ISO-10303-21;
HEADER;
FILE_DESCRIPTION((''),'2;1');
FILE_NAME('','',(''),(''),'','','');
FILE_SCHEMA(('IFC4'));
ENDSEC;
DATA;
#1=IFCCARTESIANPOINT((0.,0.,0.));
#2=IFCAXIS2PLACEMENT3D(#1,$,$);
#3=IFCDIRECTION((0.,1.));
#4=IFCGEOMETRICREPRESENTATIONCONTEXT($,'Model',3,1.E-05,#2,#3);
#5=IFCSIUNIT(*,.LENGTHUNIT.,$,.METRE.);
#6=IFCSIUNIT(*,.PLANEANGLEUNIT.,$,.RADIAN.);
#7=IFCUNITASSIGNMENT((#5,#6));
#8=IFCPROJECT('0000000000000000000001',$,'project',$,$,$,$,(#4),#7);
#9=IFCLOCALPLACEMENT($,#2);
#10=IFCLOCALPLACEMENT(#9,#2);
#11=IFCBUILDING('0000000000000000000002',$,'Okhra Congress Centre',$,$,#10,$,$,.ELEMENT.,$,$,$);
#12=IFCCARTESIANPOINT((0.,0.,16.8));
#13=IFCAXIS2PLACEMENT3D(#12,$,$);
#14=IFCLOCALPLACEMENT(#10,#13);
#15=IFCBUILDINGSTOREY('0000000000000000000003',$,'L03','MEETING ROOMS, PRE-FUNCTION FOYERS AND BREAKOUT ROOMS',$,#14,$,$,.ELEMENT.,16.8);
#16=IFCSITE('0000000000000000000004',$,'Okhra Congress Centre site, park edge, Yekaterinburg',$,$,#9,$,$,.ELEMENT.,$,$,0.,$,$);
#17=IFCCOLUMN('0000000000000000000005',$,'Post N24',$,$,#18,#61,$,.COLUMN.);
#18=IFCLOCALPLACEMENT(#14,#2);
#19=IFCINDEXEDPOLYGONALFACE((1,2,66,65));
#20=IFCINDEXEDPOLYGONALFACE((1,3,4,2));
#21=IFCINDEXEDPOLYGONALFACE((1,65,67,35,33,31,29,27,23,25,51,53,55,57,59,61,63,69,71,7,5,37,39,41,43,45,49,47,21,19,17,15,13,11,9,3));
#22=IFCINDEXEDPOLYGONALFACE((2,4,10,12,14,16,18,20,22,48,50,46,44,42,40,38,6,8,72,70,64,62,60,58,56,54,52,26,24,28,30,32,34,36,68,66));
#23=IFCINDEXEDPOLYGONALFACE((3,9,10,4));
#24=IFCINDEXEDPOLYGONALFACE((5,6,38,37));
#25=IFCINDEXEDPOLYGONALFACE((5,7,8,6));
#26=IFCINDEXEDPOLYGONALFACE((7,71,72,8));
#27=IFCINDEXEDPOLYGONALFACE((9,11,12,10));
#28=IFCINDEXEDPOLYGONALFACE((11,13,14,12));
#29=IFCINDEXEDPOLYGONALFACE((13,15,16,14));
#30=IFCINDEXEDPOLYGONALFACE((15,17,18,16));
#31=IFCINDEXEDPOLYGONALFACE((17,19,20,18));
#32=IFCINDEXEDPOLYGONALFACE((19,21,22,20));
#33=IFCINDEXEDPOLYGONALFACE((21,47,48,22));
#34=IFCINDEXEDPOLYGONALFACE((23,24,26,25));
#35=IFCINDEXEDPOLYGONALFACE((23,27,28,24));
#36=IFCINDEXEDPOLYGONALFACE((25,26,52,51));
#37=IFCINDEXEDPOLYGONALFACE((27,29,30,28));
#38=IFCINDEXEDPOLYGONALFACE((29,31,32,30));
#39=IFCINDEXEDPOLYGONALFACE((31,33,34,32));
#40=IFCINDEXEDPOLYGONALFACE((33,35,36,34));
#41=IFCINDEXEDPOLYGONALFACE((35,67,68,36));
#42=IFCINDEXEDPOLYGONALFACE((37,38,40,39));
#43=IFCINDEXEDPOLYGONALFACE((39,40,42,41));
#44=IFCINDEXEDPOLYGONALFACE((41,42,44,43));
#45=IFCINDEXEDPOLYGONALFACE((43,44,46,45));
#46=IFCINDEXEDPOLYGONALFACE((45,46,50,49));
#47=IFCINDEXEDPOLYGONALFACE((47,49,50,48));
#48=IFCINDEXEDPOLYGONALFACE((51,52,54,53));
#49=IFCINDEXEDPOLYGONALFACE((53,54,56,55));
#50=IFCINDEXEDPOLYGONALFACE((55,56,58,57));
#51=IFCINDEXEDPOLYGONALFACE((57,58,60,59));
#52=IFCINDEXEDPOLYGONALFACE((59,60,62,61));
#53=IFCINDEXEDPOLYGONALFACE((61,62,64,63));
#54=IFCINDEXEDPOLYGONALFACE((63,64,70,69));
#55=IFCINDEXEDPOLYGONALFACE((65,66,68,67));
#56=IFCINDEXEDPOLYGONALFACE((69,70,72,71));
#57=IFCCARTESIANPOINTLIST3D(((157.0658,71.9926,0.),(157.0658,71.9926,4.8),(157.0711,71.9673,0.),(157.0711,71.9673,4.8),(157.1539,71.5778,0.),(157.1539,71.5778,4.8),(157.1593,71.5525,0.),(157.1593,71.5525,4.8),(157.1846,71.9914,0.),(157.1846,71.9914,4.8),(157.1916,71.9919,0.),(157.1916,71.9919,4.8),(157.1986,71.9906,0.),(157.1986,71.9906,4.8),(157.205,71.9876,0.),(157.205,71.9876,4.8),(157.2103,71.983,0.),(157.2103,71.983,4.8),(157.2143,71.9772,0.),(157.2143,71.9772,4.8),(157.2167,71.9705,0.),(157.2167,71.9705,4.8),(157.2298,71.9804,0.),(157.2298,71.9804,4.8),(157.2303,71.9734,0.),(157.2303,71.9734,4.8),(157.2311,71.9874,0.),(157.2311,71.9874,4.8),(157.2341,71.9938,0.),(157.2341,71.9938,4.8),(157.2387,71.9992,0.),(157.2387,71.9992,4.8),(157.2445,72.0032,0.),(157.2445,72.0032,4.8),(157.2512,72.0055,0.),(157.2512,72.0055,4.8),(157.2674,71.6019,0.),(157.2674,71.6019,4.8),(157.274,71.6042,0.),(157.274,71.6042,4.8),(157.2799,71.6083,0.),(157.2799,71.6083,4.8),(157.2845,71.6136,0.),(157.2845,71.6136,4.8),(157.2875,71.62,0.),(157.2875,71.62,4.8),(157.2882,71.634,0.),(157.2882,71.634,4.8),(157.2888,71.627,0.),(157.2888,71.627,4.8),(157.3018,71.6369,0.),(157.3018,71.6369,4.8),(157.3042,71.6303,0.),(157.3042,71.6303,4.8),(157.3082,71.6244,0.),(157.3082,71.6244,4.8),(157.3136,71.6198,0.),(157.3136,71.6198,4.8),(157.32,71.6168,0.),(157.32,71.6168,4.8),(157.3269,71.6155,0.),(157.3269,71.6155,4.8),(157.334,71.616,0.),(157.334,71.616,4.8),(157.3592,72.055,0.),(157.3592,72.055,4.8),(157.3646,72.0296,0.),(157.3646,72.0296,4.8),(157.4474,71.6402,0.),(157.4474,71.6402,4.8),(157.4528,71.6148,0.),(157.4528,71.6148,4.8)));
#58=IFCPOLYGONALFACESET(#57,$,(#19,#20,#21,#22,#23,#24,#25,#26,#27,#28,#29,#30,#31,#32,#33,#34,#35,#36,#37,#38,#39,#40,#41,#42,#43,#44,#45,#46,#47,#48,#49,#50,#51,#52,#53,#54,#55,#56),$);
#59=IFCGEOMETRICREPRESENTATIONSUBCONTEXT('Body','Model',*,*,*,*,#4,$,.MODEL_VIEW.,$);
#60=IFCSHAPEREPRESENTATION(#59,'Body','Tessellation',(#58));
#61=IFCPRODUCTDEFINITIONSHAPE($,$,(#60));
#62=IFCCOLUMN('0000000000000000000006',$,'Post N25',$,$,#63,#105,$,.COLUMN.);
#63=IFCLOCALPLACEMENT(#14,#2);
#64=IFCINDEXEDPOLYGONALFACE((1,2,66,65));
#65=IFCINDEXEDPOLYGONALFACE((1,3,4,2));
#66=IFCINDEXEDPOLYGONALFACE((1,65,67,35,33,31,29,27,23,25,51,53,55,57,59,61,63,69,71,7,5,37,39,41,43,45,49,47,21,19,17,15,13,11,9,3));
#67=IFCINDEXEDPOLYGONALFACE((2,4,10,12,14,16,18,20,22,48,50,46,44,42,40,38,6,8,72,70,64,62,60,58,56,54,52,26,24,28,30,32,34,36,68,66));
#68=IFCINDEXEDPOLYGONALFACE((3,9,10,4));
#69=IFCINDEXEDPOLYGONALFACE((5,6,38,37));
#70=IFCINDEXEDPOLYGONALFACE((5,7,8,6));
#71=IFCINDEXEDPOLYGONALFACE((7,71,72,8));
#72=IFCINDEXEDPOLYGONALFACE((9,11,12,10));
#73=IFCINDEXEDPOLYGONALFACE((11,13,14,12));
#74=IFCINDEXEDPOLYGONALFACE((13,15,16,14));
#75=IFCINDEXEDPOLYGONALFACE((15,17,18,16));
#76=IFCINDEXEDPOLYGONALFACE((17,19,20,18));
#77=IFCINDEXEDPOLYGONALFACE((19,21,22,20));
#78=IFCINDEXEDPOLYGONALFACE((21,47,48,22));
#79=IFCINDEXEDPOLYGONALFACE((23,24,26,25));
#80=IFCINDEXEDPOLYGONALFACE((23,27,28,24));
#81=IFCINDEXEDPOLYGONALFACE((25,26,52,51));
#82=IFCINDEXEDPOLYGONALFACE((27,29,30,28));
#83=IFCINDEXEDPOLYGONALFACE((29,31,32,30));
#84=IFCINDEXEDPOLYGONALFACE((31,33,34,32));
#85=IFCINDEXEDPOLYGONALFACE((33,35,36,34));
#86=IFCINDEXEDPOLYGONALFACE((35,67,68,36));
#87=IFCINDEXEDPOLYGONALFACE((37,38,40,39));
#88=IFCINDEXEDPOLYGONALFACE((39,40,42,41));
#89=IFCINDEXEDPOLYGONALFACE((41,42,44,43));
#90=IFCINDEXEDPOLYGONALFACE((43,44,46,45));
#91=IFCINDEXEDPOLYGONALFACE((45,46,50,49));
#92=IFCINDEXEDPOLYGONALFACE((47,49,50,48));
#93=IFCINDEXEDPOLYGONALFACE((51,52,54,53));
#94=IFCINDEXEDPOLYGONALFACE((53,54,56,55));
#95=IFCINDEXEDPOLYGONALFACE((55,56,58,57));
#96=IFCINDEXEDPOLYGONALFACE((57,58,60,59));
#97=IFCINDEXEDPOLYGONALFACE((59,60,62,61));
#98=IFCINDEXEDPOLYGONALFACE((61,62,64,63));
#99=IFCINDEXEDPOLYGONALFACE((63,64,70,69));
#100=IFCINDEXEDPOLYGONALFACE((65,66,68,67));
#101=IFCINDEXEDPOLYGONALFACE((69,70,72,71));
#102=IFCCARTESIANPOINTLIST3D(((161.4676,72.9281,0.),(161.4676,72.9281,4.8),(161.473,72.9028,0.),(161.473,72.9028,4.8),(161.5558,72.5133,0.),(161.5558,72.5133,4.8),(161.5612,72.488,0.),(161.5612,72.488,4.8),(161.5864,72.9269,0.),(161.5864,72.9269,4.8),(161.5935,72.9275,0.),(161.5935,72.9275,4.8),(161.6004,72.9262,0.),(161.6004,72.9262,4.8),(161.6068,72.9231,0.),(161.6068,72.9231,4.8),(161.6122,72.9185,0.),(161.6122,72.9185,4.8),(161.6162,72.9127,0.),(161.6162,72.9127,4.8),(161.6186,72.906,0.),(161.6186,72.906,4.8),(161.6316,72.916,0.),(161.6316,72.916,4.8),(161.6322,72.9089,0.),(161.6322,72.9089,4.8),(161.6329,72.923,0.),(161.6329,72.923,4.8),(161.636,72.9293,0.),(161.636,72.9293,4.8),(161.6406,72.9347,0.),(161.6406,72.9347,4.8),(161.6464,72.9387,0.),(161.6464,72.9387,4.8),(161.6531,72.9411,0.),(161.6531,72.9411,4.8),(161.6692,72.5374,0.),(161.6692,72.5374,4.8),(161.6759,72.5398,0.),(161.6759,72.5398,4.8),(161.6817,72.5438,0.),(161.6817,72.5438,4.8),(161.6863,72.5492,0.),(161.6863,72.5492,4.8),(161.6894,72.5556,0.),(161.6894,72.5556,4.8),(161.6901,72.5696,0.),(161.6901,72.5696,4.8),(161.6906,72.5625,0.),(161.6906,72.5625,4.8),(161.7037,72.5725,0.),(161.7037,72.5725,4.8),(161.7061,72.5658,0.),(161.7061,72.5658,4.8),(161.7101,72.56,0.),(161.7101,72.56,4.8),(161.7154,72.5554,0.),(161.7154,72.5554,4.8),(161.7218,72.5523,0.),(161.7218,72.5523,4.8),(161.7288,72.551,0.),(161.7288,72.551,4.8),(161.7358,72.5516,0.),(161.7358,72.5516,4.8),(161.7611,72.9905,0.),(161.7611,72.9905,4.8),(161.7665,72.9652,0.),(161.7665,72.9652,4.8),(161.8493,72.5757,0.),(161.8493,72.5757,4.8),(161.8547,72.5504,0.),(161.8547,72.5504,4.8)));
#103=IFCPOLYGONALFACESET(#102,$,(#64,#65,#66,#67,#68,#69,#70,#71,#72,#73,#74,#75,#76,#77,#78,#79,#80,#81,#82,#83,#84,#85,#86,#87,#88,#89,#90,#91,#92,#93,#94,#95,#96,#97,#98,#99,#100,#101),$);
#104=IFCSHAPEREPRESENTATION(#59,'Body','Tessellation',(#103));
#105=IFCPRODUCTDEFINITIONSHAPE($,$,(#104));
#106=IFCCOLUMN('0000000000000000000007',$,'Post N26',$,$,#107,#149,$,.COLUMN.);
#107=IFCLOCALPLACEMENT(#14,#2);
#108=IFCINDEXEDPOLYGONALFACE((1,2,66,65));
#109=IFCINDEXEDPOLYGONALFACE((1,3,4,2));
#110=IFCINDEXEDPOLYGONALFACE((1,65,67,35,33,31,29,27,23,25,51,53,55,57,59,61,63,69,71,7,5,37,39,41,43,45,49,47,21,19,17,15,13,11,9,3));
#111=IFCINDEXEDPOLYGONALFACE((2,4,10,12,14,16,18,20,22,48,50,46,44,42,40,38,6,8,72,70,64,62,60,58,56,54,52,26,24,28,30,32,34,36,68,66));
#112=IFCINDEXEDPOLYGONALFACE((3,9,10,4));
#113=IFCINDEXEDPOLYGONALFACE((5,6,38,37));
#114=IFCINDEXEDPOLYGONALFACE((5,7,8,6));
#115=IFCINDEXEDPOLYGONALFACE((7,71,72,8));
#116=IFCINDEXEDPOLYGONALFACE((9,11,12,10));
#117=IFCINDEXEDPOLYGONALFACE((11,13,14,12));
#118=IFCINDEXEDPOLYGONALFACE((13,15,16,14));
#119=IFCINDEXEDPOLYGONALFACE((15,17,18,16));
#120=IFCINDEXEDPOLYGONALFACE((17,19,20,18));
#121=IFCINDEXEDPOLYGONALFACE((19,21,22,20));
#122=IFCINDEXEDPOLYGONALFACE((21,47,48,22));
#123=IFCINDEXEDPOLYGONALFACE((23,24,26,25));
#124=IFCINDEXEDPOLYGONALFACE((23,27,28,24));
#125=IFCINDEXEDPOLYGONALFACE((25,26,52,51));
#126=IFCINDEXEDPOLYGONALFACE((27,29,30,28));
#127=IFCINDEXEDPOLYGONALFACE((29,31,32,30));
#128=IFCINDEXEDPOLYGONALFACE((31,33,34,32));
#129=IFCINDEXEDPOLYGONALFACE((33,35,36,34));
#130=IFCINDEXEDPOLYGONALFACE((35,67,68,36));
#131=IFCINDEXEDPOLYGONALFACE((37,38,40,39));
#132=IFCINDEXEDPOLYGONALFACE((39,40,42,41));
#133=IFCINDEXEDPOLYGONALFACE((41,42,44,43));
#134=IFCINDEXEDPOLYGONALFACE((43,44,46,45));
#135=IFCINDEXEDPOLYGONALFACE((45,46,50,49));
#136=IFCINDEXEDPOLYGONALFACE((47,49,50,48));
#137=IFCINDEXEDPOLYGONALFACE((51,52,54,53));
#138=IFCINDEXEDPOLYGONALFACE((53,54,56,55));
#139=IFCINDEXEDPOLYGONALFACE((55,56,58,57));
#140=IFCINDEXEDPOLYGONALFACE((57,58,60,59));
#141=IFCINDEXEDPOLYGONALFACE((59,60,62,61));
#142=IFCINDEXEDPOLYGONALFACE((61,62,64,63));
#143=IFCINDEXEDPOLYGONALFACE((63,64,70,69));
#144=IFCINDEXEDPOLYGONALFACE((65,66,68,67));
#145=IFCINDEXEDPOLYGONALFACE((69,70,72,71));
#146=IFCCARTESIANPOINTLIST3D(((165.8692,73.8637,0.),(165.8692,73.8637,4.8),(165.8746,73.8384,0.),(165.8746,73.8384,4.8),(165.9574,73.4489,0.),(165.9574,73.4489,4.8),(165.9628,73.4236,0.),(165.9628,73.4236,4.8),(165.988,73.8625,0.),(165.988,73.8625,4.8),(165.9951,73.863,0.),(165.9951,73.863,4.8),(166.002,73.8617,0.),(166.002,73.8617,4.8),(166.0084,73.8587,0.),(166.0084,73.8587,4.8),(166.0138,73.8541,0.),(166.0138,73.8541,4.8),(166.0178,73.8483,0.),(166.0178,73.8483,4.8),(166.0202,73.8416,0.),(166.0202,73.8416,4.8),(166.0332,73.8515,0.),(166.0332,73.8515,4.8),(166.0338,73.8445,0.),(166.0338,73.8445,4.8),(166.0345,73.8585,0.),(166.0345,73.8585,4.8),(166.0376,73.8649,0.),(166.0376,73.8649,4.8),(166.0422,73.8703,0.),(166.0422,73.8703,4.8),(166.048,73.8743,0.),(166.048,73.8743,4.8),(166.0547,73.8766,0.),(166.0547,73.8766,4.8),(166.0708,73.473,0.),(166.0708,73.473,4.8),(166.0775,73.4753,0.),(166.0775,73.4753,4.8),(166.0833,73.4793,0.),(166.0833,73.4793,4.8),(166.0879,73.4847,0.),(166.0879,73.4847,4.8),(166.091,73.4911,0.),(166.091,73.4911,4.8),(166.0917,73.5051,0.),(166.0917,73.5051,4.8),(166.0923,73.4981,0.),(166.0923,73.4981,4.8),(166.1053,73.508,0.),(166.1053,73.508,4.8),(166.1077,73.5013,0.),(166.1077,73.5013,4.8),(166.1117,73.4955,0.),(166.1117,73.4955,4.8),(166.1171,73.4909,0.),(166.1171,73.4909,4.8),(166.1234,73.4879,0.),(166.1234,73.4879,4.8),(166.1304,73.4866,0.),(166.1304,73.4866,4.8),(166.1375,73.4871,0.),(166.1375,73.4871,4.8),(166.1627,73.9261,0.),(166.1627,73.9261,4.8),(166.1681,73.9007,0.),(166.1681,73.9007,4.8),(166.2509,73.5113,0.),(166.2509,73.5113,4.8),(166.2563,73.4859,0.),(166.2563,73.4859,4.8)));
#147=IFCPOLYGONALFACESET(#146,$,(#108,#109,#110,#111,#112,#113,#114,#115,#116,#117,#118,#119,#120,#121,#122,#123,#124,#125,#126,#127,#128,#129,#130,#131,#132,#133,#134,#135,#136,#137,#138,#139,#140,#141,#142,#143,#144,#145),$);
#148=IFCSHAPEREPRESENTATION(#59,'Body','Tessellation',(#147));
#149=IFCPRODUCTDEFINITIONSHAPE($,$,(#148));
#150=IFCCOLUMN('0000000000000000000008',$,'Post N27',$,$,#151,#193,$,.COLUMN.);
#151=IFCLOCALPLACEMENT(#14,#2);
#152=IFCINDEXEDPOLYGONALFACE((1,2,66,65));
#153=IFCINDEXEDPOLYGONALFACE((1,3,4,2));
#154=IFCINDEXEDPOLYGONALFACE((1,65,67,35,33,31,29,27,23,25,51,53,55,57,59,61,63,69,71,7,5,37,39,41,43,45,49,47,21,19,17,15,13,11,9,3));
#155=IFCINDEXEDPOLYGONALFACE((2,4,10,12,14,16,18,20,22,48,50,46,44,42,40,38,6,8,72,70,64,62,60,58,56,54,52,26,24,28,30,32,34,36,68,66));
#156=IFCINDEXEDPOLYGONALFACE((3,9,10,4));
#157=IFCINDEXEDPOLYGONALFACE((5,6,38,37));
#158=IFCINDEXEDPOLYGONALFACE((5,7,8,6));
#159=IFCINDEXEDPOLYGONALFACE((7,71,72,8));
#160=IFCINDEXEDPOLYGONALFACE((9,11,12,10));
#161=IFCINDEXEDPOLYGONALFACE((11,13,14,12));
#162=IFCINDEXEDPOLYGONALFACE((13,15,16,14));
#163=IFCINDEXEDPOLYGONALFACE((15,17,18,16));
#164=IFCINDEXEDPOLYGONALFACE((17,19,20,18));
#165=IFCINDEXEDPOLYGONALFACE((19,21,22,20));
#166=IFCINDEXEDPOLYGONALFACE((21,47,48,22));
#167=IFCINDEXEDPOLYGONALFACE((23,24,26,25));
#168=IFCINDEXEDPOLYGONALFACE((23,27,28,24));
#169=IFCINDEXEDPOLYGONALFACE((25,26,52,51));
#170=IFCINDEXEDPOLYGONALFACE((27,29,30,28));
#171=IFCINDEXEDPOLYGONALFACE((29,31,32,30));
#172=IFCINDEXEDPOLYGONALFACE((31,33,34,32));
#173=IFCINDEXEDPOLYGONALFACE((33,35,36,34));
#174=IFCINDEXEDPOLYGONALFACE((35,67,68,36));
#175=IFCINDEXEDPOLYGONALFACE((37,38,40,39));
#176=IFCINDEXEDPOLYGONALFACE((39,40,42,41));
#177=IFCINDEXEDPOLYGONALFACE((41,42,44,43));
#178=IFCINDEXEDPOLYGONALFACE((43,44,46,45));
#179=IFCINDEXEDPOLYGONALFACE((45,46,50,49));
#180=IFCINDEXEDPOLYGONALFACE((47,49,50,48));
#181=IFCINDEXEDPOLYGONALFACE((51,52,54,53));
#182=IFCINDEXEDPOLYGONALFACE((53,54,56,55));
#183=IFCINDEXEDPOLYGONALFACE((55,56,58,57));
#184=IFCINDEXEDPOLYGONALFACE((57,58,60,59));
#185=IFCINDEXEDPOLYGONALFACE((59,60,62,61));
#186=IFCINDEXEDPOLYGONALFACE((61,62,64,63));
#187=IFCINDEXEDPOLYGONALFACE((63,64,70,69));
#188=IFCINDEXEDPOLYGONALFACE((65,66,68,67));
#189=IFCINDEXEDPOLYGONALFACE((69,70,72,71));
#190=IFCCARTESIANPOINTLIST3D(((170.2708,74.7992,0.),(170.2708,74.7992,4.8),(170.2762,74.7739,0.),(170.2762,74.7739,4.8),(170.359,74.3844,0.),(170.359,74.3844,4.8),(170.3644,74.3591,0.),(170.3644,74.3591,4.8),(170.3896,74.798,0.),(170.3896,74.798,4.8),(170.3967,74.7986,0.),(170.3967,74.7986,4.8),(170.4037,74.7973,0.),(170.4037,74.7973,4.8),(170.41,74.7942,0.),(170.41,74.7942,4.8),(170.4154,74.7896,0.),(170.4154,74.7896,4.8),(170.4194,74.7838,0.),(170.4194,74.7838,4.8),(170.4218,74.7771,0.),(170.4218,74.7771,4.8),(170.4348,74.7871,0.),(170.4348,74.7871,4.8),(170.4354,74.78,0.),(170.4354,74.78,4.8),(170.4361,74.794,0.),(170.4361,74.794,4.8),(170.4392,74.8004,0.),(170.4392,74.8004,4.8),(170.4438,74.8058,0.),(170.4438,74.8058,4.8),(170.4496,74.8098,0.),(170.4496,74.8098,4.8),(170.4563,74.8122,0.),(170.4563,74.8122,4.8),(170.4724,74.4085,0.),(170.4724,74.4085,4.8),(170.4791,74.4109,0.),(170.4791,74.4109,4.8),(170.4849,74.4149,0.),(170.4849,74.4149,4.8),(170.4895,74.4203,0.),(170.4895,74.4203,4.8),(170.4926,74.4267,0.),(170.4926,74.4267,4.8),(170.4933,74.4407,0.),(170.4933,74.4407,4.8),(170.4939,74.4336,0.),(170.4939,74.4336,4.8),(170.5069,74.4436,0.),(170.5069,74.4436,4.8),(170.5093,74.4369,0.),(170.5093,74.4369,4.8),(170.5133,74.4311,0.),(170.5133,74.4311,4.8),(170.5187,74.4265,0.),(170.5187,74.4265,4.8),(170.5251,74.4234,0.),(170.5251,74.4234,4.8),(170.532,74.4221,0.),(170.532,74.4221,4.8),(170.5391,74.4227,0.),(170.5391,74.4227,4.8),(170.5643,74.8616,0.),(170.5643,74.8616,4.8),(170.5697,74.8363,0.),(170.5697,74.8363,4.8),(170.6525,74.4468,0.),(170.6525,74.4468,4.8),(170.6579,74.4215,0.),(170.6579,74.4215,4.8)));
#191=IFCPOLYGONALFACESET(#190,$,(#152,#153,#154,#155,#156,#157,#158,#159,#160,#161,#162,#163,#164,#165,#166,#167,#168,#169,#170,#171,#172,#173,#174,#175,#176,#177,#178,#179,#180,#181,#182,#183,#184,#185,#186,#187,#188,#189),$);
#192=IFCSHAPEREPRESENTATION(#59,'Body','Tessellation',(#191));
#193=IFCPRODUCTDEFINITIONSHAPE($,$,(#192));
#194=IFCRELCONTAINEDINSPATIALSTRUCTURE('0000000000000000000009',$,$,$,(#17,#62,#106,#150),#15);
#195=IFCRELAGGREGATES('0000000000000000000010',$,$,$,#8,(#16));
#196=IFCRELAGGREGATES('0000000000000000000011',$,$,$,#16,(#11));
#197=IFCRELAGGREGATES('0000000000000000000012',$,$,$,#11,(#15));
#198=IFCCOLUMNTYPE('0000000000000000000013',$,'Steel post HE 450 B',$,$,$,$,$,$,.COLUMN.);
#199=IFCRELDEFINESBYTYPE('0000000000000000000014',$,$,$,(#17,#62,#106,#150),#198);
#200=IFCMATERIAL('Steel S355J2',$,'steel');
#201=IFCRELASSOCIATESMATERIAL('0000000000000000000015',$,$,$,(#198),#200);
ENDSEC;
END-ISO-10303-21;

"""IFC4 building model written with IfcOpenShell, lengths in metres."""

from ifc_helpers import new_model, si_unit, direction, frame, origin, origin_2d, place, context, subcontext, project, spatial, i_section, extrude, material, material_profile, profile_set, type_object, element, save


model = new_model("IFC4")

# Units and contexts
model_context = context("Model", 3, precision=1e-05, world=origin(), true_north=direction((0.0, 1.0)))
body_context = subcontext(model_context, "Body", "Model", "MODEL_VIEW")
ifc_project = project(units=[si_unit("LENGTHUNIT", "METRE"), si_unit("PLANEANGLEUNIT", "RADIAN")], contexts=[model_context])

# Site, building, storey
site_placement = place(None, origin())
site = spatial("IfcSite", under=ifc_project, at=site_placement, Name="Okhra Congress Centre site, park edge, Yekaterinburg", CompositionType="ELEMENT", RefElevation=0.0)
building_placement = place(site_placement, origin())
building = spatial("IfcBuilding", under=site, at=building_placement, Name="Okhra Congress Centre", CompositionType="ELEMENT")
storey_placement = place(building_placement, frame((0.0, 0.0, 16.8)))
storey = spatial("IfcBuildingStorey", under=building, at=storey_placement, Name="L03", Description="MEETING ROOMS, PRE-FUNCTION FOYERS AND BREAKOUT ROOMS", CompositionType="ELEMENT", Elevation=16.8)

# Columns
ifc_material_1 = material(Name="Steel S355J2", Category="steel")
ifc_material_profile_1 = material_profile(ifc_material_1, i_section(OverallWidth=0.3, OverallDepth=0.45, WebThickness=0.0139, FlangeThickness=0.0259, FilletRadius=0.0271, at=origin_2d()), Name="HE 450 B")
ifc_profile_set_1 = profile_set([ifc_material_profile_1], Name="Steel S355J2")
column_type = type_object("IfcColumnType", Name="Steel post HE 450 B", PredefinedType="COLUMN", material=ifc_profile_set_1)
for number, where, z_axis, x_axis, name in (
    (1, (157.2593, 71.8037, 0.0), (0.0, 0.0, 1.0), (0.978148, 0.207912, 0.0), "Post N24"),
    (2, (161.6611, 72.7393, 0.0), (0.0, 0.0, 1.0), (0.978148, 0.207912, 0.0), "Post N25"),
    (3, (166.0627, 73.6748, 0.0), (0.0, 0.0, 1.0), (0.978148, 0.207912, 0.0), "Post N26"),
    (4, (170.4644, 74.6104, 0.0), (0.0, 0.0, 1.0), (0.978148, 0.207912, 0.0), "Post N27"),
):
    element("IfcColumn", number, at=place(storey_placement, frame(where, z_axis=z_axis, x_axis=x_axis)), inside=storey, type_object=column_type, Name=name, PredefinedType="COLUMN", context=body_context, shape_type="SweptSolid", body=[
        extrude(i_section(OverallWidth=0.3, OverallDepth=0.45, WebThickness=0.0139, FlangeThickness=0.0259, FilletRadius=0.0271, at=origin_2d()), origin(), (0.0, 0.0, 1.0), 4.8),
    ])

save(model, "model.ifc")
